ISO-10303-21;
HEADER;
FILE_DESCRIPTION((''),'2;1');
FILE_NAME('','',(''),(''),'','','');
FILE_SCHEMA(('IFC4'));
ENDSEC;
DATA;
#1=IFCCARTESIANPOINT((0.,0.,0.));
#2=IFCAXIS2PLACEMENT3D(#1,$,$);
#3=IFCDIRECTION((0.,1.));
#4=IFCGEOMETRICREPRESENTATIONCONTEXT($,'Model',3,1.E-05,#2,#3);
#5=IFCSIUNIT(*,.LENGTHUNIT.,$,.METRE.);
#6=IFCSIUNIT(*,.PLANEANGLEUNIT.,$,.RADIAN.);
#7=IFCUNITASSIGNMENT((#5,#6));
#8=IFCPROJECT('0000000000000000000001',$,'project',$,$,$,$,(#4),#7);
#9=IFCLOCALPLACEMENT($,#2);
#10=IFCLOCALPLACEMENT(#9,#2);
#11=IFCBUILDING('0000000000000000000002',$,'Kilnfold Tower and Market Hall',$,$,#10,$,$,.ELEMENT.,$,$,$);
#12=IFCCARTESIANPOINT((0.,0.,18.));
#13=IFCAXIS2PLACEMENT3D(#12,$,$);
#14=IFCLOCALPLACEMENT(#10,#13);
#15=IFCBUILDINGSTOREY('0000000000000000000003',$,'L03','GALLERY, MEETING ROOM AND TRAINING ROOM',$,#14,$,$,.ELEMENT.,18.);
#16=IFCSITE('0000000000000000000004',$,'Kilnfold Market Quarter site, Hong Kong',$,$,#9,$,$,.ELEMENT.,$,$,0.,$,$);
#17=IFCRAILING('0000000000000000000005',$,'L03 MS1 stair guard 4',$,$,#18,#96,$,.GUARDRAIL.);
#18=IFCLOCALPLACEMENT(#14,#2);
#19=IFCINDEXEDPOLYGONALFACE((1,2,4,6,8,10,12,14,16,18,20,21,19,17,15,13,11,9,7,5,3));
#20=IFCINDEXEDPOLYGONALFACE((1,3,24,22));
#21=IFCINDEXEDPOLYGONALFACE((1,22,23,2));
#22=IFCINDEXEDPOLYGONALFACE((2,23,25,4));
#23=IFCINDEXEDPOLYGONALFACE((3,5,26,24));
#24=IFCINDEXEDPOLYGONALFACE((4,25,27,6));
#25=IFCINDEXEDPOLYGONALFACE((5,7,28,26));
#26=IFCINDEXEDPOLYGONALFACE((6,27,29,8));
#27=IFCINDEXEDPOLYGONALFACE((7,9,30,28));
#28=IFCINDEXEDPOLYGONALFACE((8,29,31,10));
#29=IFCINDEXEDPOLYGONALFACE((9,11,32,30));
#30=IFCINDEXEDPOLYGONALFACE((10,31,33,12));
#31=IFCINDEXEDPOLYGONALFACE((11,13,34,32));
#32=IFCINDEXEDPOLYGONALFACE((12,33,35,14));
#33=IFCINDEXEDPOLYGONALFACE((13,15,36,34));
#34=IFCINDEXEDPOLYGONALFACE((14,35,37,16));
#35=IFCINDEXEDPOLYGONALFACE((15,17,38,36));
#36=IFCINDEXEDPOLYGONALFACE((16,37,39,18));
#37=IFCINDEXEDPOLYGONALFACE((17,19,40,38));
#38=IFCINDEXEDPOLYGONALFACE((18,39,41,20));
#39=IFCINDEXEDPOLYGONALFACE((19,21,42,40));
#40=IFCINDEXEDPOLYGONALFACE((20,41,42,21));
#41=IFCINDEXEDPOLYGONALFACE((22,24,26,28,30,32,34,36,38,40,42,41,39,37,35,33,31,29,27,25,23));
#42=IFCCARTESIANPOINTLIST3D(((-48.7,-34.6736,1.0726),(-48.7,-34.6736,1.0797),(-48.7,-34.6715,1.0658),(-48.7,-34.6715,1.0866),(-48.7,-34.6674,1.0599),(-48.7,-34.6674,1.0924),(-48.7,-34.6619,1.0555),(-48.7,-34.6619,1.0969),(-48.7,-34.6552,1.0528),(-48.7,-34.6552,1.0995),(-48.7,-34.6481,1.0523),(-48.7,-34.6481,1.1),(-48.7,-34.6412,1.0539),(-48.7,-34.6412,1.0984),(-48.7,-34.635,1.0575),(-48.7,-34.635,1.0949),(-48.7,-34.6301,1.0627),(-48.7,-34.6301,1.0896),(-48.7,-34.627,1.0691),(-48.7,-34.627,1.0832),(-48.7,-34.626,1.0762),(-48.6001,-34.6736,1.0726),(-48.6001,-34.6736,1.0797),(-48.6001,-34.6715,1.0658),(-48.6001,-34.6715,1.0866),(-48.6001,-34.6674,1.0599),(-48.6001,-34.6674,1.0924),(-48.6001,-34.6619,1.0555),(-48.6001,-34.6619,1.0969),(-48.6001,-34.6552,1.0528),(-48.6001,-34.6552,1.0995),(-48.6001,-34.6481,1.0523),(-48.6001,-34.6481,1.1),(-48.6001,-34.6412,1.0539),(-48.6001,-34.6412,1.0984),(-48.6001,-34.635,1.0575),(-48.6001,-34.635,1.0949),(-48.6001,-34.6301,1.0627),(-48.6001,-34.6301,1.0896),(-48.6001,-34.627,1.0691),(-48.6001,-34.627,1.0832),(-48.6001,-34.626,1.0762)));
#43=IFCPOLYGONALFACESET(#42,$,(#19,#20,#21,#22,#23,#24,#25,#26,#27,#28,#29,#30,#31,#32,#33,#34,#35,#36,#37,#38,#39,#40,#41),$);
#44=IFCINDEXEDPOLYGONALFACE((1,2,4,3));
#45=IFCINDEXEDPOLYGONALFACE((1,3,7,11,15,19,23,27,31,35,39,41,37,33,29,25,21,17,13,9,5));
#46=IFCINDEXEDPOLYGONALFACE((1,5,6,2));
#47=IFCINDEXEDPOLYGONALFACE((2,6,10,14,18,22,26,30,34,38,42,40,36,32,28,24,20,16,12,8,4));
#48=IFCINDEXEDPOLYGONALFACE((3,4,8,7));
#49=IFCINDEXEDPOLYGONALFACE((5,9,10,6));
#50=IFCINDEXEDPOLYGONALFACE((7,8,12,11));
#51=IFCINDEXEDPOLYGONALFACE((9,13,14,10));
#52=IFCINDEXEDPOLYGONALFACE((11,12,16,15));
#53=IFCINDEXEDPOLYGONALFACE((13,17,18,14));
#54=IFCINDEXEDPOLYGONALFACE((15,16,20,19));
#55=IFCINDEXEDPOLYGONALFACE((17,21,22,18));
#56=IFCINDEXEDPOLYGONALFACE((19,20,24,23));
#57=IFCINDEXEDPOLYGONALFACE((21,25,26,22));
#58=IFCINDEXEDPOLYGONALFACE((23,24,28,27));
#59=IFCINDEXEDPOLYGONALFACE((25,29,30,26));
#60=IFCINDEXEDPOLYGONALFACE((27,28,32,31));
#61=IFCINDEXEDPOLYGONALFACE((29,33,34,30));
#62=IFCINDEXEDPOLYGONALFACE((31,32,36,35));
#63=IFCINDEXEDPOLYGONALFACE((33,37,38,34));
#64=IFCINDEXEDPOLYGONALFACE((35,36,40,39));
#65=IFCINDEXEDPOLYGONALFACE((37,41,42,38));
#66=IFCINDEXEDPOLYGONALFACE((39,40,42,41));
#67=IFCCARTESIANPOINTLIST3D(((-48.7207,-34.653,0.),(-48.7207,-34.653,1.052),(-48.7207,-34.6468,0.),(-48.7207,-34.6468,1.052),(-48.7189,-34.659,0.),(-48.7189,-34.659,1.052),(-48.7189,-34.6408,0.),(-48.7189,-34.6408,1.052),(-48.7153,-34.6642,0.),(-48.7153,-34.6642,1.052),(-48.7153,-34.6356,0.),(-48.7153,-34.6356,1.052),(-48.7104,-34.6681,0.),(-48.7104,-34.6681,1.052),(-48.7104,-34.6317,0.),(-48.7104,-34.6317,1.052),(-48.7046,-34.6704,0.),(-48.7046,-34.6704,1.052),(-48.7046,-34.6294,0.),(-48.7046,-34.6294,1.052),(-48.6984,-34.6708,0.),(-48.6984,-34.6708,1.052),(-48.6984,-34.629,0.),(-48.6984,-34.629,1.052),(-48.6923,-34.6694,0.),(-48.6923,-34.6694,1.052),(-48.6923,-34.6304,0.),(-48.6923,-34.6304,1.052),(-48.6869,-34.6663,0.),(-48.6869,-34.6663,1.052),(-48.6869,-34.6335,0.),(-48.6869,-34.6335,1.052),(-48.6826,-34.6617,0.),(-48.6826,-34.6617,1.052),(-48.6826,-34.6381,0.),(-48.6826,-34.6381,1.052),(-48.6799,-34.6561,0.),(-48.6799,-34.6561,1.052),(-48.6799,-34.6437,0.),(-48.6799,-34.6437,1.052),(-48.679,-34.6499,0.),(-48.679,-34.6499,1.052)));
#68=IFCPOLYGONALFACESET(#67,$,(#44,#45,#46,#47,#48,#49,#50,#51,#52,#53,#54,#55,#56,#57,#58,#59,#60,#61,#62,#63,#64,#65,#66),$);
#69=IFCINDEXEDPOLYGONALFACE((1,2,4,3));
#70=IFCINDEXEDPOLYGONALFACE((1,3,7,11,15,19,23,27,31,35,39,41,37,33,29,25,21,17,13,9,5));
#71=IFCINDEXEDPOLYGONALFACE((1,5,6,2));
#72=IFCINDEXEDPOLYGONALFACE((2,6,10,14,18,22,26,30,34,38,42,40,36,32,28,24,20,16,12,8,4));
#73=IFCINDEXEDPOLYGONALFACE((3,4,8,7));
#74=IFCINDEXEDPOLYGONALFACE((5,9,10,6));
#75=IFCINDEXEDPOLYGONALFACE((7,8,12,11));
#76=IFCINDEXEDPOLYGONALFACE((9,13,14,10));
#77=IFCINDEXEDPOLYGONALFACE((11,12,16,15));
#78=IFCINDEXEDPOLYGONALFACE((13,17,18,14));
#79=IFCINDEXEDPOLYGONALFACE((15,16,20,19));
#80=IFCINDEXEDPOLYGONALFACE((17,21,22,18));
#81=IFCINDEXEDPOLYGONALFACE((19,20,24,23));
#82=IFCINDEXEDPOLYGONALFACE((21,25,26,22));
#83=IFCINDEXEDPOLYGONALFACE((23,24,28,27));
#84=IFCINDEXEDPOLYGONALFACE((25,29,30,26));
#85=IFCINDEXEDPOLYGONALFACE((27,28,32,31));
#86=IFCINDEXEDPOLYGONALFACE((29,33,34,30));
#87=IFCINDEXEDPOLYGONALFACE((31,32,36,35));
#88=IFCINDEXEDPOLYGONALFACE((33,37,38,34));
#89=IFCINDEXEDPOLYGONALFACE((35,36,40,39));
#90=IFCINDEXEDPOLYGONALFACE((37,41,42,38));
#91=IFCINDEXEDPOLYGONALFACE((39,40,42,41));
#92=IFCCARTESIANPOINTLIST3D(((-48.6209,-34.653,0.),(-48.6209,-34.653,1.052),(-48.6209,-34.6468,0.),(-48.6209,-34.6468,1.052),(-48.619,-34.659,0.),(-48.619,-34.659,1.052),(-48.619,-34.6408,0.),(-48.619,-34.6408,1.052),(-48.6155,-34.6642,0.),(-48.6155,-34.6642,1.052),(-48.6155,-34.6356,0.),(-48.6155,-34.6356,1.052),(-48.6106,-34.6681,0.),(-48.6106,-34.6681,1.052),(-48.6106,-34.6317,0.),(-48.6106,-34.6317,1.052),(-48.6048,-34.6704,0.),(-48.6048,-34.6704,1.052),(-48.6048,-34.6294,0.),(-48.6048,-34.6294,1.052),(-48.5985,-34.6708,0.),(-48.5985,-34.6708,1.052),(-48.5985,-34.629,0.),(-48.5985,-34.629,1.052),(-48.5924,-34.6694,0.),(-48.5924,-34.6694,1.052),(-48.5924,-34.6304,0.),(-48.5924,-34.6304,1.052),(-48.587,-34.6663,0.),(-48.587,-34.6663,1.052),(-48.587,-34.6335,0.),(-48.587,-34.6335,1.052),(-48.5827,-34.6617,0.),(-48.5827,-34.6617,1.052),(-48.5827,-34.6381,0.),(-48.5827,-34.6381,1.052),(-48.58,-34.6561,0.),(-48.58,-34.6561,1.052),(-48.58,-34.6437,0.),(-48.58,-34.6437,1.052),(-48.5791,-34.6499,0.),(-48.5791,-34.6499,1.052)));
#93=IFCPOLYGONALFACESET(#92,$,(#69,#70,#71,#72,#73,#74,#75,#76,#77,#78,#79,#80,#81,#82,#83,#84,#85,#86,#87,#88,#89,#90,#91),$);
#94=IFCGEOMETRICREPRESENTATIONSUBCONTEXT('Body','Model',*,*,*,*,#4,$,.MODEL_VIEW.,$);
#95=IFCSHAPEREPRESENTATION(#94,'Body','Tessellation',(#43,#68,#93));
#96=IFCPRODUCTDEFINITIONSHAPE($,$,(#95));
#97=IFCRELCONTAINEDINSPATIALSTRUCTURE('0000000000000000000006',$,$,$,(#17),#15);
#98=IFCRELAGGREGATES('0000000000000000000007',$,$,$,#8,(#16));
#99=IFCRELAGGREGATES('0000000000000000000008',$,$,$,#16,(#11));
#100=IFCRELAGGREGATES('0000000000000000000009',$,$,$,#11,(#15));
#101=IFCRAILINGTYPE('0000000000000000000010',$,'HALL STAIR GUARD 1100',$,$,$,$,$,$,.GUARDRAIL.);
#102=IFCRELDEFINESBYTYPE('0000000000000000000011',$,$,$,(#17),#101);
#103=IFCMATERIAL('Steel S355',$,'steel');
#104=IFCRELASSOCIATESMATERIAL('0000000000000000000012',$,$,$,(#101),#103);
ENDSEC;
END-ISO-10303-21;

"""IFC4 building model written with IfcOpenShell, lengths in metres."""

from ifc_helpers import new_model, si_unit, direction, frame, origin, origin_2d, place, context, subcontext, project, spatial, circle, extrude, material, type_object, element, save


model = new_model("IFC4")

# Units and contexts
model_context = context("Model", 3, precision=1e-05, world=origin(), true_north=direction((0.0, 1.0)))
body_context = subcontext(model_context, "Body", "Model", "MODEL_VIEW")
ifc_project = project(units=[si_unit("LENGTHUNIT", "METRE"), si_unit("PLANEANGLEUNIT", "RADIAN")], contexts=[model_context])

# Site, building, storey
site_placement = place(None, origin())
site = spatial("IfcSite", under=ifc_project, at=site_placement, Name="Kilnfold Market Quarter site, Hong Kong", CompositionType="ELEMENT", RefElevation=0.0)
building_placement = place(site_placement, origin())
building = spatial("IfcBuilding", under=site, at=building_placement, Name="Kilnfold Tower and Market Hall", CompositionType="ELEMENT")
storey_placement = place(building_placement, frame((0.0, 0.0, 18.0)))
storey = spatial("IfcBuildingStorey", under=building, at=storey_placement, Name="L03", Description="GALLERY, MEETING ROOM AND TRAINING ROOM", CompositionType="ELEMENT", Elevation=18.0)

# Railing
ifc_material_1 = material(Name="Steel S355", Category="steel")
railing_type_1 = type_object("IfcRailingType", Name="HALL STAIR GUARD 1100", PredefinedType="GUARDRAIL", material=ifc_material_1)
railing_1_placement = place(storey_placement, frame((-48.7, -34.6499, 0.0)))
element("IfcRailing", 1, at=railing_1_placement, inside=storey, type_object=railing_type_1, Name="L03 MS1 stair guard 4", PredefinedType="GUARDRAIL", context=body_context, shape_type="SweptSolid", body=[
    extrude(circle(Radius=0.0239, at=origin_2d()), frame((0.0, 0.0, 1.0762), z_axis=(1.0, 0.0, 0.0), x_axis=(0.0, 1.0, 0.0)), (0.0, 0.0, 1.0), 0.0999),
    extrude(circle(Radius=0.021, at=origin_2d()), origin(), (0.0, 0.0, 1.0), 1.052),
    extrude(circle(Radius=0.021, at=origin_2d()), frame((0.0999, 0.0, 0.0)), (0.0, 0.0, 1.0), 1.052),
])

save(model, "model.ifc")
